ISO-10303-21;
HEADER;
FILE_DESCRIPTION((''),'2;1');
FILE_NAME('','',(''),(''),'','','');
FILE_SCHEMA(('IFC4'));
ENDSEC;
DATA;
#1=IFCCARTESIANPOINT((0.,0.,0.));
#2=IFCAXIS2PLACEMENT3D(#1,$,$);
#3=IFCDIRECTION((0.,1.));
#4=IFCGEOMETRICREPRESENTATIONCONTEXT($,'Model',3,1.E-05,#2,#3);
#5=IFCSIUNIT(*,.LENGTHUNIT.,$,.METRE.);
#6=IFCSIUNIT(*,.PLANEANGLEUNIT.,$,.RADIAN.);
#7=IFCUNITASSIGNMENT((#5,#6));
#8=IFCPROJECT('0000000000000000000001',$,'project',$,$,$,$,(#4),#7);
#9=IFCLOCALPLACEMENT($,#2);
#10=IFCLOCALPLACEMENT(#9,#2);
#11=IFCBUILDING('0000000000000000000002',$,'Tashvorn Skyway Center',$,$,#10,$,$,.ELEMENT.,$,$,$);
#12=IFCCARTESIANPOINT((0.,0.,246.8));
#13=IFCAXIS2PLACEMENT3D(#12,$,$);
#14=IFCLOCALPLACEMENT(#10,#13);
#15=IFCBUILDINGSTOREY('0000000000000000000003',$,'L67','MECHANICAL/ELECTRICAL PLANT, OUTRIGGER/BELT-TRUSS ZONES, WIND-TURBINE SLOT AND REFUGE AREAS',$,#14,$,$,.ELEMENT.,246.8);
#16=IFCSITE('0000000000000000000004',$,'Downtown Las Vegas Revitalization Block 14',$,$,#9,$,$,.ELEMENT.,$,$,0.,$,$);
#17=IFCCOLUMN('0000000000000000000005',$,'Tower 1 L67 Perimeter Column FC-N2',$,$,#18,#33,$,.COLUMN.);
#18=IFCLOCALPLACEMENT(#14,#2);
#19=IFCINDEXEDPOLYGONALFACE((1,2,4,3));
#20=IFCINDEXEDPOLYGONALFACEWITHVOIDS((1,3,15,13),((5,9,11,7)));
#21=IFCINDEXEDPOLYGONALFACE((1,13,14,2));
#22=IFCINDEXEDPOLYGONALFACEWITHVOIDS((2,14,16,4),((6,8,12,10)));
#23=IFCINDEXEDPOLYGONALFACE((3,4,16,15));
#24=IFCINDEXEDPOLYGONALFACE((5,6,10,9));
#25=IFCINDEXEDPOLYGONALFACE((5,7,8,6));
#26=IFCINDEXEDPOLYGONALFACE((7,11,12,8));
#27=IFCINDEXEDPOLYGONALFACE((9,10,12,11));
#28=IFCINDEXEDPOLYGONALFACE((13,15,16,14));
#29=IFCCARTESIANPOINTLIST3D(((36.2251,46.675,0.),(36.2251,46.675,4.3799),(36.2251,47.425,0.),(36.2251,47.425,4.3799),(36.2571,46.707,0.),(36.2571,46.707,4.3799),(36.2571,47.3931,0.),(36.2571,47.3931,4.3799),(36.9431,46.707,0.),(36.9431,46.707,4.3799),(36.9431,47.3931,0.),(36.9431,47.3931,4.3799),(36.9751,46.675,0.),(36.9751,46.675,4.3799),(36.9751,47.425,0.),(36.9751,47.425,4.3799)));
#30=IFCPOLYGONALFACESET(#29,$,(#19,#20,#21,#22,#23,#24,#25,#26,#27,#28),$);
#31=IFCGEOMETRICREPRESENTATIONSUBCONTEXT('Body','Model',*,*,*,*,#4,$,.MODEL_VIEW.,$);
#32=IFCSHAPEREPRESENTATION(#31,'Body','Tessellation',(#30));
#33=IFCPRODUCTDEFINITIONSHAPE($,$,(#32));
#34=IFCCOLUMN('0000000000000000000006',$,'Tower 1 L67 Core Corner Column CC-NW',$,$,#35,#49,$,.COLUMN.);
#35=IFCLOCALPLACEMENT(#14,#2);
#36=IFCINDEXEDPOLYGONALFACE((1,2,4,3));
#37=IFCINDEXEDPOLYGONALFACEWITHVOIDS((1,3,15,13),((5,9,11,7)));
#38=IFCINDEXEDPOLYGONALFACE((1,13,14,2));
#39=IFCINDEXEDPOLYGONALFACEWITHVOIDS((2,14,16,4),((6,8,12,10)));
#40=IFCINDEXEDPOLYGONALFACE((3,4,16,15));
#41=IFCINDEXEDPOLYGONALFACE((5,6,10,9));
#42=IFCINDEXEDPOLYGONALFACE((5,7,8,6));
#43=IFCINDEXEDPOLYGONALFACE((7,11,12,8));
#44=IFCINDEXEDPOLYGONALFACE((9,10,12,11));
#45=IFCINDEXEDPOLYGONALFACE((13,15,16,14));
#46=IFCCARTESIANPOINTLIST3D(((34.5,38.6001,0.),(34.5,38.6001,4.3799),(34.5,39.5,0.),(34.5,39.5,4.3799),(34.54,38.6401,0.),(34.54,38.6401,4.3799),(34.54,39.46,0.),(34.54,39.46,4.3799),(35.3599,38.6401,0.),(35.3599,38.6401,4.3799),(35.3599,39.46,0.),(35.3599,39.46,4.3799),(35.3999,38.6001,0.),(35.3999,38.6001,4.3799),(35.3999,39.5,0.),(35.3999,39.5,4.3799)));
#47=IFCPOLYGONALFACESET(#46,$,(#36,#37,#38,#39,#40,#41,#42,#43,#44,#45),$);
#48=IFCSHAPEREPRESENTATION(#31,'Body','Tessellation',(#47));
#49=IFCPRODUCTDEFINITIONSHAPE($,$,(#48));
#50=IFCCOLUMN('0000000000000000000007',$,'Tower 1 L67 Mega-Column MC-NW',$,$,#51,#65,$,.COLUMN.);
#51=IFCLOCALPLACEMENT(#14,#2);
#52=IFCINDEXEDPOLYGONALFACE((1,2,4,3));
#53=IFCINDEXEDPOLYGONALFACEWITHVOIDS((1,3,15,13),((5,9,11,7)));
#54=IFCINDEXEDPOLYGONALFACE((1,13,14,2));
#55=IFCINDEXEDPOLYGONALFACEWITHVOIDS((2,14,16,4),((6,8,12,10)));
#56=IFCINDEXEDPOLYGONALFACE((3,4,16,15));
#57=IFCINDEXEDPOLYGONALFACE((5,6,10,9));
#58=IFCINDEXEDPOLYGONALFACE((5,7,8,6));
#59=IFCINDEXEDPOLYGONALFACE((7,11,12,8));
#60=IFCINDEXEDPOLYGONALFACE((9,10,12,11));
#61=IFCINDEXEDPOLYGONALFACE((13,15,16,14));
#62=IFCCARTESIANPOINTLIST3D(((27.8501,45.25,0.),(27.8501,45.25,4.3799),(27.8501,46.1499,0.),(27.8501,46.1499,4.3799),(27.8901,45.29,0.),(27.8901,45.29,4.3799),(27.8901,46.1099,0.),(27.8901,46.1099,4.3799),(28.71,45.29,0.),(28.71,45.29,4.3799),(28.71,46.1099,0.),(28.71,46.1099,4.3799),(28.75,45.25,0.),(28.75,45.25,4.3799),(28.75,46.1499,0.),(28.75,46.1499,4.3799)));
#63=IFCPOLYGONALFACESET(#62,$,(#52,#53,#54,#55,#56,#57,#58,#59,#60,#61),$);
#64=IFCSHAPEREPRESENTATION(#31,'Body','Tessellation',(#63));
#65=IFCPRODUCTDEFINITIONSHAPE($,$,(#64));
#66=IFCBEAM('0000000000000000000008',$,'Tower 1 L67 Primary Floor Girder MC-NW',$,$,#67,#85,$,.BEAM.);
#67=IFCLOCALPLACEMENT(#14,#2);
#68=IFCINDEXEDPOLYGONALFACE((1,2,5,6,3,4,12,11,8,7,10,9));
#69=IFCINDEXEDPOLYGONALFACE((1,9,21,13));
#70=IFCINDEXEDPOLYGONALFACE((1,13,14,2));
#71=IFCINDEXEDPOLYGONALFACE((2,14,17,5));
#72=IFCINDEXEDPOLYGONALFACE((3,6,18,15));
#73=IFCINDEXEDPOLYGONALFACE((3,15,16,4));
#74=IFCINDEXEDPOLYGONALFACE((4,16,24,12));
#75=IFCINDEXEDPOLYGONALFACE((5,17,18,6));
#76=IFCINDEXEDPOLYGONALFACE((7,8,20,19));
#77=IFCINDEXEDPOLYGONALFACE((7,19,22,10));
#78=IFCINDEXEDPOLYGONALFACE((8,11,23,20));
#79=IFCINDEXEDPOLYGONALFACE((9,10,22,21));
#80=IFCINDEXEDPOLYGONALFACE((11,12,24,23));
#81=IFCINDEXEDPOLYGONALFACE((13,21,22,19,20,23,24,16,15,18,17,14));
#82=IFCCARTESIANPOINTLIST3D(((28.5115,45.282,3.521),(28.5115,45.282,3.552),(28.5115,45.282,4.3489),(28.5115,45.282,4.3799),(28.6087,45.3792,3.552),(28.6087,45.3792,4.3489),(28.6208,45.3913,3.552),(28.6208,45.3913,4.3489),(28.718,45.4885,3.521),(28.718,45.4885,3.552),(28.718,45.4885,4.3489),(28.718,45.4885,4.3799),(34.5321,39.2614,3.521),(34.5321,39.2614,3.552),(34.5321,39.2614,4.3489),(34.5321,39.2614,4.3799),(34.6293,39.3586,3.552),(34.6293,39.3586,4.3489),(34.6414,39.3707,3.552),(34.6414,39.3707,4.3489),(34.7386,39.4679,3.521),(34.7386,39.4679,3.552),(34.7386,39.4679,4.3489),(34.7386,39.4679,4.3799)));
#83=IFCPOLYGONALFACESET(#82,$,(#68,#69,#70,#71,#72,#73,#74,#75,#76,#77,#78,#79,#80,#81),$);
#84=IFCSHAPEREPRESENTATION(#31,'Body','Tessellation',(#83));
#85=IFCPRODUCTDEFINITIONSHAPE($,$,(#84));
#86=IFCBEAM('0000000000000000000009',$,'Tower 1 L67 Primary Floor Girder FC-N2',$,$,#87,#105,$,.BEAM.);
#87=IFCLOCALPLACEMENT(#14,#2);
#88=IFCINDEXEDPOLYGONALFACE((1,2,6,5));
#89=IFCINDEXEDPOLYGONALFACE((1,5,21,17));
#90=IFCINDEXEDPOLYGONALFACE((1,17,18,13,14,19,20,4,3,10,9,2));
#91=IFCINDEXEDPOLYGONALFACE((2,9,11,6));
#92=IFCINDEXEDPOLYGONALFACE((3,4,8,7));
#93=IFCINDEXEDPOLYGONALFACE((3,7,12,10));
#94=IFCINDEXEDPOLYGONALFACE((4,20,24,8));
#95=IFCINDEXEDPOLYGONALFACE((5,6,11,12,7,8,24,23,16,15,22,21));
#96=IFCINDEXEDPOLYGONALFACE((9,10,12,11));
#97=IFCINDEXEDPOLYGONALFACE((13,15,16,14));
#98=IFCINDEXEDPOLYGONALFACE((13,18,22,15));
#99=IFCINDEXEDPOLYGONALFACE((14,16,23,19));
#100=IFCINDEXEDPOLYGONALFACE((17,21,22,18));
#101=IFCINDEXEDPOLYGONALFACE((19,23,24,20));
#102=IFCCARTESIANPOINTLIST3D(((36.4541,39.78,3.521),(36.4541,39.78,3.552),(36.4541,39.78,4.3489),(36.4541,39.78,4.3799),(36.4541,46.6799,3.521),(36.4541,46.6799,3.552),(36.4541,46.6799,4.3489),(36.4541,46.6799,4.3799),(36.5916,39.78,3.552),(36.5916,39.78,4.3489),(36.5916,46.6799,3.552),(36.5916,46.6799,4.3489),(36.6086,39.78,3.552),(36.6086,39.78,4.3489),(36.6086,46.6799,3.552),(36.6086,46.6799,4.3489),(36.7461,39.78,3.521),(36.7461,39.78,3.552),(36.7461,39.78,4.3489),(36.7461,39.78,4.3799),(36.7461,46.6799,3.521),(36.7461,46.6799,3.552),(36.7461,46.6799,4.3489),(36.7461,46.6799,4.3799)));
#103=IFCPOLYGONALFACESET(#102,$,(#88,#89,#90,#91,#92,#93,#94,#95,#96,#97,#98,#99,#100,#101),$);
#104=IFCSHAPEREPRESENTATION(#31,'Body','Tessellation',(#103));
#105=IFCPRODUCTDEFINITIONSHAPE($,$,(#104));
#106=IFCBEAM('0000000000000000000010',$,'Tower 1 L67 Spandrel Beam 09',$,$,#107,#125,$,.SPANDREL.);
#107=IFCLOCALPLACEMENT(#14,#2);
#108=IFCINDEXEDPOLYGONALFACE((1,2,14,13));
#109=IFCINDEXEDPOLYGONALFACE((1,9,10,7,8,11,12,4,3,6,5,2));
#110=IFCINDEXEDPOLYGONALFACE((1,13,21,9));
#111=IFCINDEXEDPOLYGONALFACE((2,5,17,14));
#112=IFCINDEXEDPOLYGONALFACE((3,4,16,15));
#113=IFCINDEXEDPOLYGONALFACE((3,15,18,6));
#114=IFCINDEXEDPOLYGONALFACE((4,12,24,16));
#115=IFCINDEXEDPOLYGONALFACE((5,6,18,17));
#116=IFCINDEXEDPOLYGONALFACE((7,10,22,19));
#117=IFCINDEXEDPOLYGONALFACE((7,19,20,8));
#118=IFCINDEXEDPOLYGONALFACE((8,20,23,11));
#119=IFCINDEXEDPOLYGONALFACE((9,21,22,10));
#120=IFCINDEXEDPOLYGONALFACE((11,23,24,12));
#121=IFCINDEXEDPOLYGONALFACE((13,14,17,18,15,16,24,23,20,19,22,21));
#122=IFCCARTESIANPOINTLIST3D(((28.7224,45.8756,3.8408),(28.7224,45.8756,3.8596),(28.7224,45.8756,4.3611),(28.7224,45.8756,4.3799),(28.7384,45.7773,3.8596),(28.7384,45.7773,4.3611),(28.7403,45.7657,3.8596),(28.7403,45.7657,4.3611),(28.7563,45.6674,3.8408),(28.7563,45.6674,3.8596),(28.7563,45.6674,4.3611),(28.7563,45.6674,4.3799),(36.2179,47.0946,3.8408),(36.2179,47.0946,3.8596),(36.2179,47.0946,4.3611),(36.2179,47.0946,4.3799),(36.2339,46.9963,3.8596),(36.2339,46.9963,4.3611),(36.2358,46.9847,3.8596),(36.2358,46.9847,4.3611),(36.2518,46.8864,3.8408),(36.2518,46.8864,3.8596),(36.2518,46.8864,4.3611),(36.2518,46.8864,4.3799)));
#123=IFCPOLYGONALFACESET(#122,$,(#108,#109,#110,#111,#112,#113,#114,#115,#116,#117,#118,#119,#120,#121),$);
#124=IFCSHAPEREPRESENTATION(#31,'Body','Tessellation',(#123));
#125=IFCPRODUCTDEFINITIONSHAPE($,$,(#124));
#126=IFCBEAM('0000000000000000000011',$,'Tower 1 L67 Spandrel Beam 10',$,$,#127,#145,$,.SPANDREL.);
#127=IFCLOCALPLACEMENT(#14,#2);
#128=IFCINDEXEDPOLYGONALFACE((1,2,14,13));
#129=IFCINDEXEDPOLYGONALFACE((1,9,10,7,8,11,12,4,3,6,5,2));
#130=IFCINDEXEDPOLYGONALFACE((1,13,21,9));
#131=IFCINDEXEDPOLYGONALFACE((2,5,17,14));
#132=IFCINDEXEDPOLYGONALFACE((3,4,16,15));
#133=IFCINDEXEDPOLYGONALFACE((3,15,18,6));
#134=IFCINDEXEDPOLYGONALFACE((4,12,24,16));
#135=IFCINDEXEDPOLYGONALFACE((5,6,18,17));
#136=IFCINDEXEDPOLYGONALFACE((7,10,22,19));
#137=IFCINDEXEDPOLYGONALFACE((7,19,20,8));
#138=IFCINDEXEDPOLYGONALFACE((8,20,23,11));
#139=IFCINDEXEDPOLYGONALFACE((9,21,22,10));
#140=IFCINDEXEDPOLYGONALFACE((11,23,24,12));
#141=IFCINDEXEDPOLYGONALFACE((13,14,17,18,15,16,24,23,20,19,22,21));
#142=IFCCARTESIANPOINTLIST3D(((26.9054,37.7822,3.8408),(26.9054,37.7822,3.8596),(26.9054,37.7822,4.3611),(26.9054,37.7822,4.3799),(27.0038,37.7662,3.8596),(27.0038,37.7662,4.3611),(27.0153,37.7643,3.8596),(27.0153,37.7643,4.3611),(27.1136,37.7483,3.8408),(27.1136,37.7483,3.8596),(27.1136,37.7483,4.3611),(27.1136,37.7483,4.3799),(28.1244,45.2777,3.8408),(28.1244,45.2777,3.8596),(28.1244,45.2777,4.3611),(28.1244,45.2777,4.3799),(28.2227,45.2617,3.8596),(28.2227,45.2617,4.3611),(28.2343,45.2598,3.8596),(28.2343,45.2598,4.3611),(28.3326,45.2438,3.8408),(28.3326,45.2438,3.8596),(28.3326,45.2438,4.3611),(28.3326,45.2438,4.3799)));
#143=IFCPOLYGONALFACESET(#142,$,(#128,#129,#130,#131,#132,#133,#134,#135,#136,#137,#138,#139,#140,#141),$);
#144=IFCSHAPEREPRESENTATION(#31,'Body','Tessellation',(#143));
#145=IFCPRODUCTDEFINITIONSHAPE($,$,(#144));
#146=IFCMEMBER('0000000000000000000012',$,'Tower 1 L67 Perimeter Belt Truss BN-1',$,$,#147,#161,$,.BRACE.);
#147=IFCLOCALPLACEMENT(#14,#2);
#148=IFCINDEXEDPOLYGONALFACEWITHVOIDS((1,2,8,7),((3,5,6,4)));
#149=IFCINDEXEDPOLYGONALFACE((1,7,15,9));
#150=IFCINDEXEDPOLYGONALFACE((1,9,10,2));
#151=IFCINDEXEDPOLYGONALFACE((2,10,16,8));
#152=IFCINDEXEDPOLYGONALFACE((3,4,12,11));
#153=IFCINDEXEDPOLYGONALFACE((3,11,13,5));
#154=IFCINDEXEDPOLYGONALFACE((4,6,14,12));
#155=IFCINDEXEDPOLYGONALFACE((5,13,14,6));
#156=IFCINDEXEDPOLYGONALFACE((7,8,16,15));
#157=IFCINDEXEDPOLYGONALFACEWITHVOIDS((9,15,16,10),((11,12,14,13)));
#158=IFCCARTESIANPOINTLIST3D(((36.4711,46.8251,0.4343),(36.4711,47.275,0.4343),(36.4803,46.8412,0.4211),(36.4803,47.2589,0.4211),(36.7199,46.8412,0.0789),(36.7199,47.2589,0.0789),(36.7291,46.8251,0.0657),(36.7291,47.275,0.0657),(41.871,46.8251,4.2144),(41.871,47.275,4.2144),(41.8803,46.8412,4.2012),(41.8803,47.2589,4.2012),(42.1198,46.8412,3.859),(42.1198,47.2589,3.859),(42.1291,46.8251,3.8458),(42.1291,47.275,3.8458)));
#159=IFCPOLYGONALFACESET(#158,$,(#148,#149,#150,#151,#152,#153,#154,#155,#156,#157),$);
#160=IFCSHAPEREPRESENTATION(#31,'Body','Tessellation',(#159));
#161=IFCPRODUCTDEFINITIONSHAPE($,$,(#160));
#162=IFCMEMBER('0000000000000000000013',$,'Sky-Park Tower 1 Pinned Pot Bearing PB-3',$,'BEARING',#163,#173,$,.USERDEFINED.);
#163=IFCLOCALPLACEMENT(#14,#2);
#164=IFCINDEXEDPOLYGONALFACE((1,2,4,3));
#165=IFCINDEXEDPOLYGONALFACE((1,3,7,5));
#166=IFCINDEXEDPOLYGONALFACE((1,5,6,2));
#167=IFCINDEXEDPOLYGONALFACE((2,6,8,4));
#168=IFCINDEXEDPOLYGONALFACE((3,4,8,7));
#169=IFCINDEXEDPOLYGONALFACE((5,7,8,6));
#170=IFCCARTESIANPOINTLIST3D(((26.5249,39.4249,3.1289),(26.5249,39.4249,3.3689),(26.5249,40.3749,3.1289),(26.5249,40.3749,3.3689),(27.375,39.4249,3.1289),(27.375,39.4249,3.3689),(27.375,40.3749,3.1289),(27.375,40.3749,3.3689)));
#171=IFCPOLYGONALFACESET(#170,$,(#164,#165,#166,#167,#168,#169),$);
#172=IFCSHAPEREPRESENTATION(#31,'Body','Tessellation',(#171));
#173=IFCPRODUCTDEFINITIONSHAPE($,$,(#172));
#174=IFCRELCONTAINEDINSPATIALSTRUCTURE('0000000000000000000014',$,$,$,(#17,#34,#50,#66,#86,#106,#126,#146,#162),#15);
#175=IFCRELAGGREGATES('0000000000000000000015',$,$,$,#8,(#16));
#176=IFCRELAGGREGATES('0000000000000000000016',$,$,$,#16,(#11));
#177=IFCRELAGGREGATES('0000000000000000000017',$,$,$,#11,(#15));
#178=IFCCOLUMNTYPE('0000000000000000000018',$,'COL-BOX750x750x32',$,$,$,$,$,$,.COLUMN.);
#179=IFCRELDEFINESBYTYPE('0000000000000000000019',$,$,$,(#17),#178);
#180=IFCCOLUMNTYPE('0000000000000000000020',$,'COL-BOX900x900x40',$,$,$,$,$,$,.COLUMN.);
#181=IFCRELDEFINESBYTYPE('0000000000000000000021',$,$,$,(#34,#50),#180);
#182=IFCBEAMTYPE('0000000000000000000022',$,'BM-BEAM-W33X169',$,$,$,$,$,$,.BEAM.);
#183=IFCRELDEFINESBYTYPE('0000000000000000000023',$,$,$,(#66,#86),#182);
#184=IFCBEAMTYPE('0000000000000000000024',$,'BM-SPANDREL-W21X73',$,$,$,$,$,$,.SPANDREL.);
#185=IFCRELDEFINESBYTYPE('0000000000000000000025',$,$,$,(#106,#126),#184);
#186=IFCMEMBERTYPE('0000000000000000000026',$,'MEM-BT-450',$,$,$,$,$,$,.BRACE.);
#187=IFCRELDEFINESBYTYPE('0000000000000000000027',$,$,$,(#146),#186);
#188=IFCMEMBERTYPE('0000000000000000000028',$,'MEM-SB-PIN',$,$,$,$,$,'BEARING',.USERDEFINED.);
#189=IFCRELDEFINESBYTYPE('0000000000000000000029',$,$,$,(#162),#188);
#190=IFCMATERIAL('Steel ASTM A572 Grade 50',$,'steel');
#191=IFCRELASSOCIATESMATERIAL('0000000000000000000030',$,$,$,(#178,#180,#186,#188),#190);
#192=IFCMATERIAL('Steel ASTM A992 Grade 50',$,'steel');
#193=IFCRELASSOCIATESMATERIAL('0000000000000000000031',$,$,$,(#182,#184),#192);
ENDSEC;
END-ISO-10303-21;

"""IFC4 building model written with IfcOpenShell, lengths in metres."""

from ifc_helpers import new_model, si_unit, direction, frame, origin, origin_2d, place, context, subcontext, project, spatial, rectangle, hollow_rectangle, i_section, extrude, material, material_profile, profile_set, type_object, element, save


model = new_model("IFC4")

# Units and contexts
model_context = context("Model", 3, precision=1e-05, world=origin(), true_north=direction((0.0, 1.0)))
body_context = subcontext(model_context, "Body", "Model", "MODEL_VIEW")
ifc_project = project(units=[si_unit("LENGTHUNIT", "METRE"), si_unit("PLANEANGLEUNIT", "RADIAN")], contexts=[model_context])

# Site, building, storey
site_placement = place(None, origin())
site = spatial("IfcSite", under=ifc_project, at=site_placement, Name="Downtown Las Vegas Revitalization Block 14", CompositionType="ELEMENT", RefElevation=0.0)
building_placement = place(site_placement, origin())
building = spatial("IfcBuilding", under=site, at=building_placement, Name="Tashvorn Skyway Center", CompositionType="ELEMENT")
storey_placement = place(building_placement, frame((0.0, 0.0, 246.8)))
storey = spatial("IfcBuildingStorey", under=building, at=storey_placement, Name="L67", Description="MECHANICAL/ELECTRICAL PLANT, OUTRIGGER/BELT-TRUSS ZONES, WIND-TURBINE SLOT AND REFUGE AREAS", CompositionType="ELEMENT", Elevation=246.8)

# Columns
ifc_material_1 = material(Name="Steel ASTM A572 Grade 50", Category="steel")
ifc_material_profile_1 = material_profile(ifc_material_1, hollow_rectangle(XDim=0.75, YDim=0.75, WallThickness=0.032, at=origin_2d()), Name="BOX750x750x32")
ifc_profile_set_1 = profile_set([ifc_material_profile_1], Name="Steel ASTM A572 Grade 50")
column_type_1 = type_object("IfcColumnType", Name="COL-BOX750x750x32", PredefinedType="COLUMN", material=ifc_profile_set_1)
column_placement = place(storey_placement, frame((36.6001, 47.05, 0.0), z_axis=(0.0, 0.0, 1.0), x_axis=(1.0, 0.0, 0.0)))
element("IfcColumn", 1, at=column_placement, inside=storey, type_object=column_type_1, Name="Tower 1 L67 Perimeter Column FC-N2", PredefinedType="COLUMN", context=body_context, shape_type="SweptSolid", body=[
    extrude(hollow_rectangle(XDim=0.75, YDim=0.75, WallThickness=0.032, at=origin_2d()), origin(), (0.0, 0.0, 1.0), 4.3799),
])
ifc_material_profile_2 = material_profile(ifc_material_1, hollow_rectangle(XDim=0.8999, YDim=0.8999, WallThickness=0.04, at=origin_2d()), Name="BOX900x900x40")
ifc_profile_set_2 = profile_set([ifc_material_profile_2], Name="Steel ASTM A572 Grade 50")
column_type_2 = type_object("IfcColumnType", Name="COL-BOX900x900x40", PredefinedType="COLUMN", material=ifc_profile_set_2)
for number, where, z_axis, x_axis, name in (
    (2, (34.95, 39.05, 0.0), (0.0, 0.0, 1.0), (1.0, 0.0, 0.0), "Tower 1 L67 Core Corner Column CC-NW"),
    (3, (28.3, 45.7, 0.0), (0.0, 0.0, 1.0), (1.0, 0.0, 0.0), "Tower 1 L67 Mega-Column MC-NW"),
):
    element("IfcColumn", number, at=place(storey_placement, frame(where, z_axis=z_axis, x_axis=x_axis)), inside=storey, type_object=column_type_2, Name=name, PredefinedType="COLUMN", context=body_context, shape_type="SweptSolid", body=[
        extrude(hollow_rectangle(XDim=0.8999, YDim=0.8999, WallThickness=0.04, at=origin_2d()), origin(), (0.0, 0.0, 1.0), 4.3799),
    ])

# Beams
ifc_material_2 = material(Name="Steel ASTM A992 Grade 50", Category="steel")
ifc_material_profile_3 = material_profile(ifc_material_2, i_section(OverallWidth=0.292, OverallDepth=0.8589, WebThickness=0.0171, FlangeThickness=0.031, at=origin_2d()), Name="W33X169")
ifc_profile_set_3 = profile_set([ifc_material_profile_3], Name="Steel ASTM A992 Grade 50")
beam_type_1 = type_object("IfcBeamType", Name="BM-BEAM-W33X169", PredefinedType="BEAM", material=ifc_profile_set_3)
beam_1_placement = place(storey_placement, frame((28.6147, 45.3853, 3.9504), z_axis=(0.707107, -0.707107, 0.0), x_axis=(0.707107, 0.707107, 0.0)))
element("IfcBeam", 4, at=beam_1_placement, inside=storey, type_object=beam_type_1, Name="Tower 1 L67 Primary Floor Girder MC-NW", PredefinedType="BEAM", context=body_context, shape_type="SweptSolid", body=[
    extrude(i_section(OverallWidth=0.292, OverallDepth=0.8589, WebThickness=0.0171, FlangeThickness=0.031, at=origin_2d()), origin(), (0.0, 0.0, 1.0), 8.5144),
])
beam_2_placement = place(storey_placement, frame((36.6001, 46.6799, 3.9504), z_axis=(0.0, -1.0, 0.0), x_axis=(1.0, 0.0, 0.0)))
element("IfcBeam", 5, at=beam_2_placement, inside=storey, type_object=beam_type_1, Name="Tower 1 L67 Primary Floor Girder FC-N2", PredefinedType="BEAM", context=body_context, shape_type="SweptSolid", body=[
    extrude(i_section(OverallWidth=0.292, OverallDepth=0.8589, WebThickness=0.0171, FlangeThickness=0.031, at=origin_2d()), origin(), (0.0, 0.0, 1.0), 6.8999),
])
ifc_material_profile_4 = material_profile(ifc_material_2, i_section(OverallWidth=0.2109, OverallDepth=0.5391, WebThickness=0.0117, FlangeThickness=0.0188, at=origin_2d()), Name="W21X73")
ifc_profile_set_4 = profile_set([ifc_material_profile_4], Name="Steel ASTM A992 Grade 50")
beam_type_2 = type_object("IfcBeamType", Name="BM-SPANDREL-W21X73", PredefinedType="SPANDREL", material=ifc_profile_set_4)
for number, where, z_axis, x_axis, name in (
    (6, (36.2349, 46.9905, 4.1104), (-0.987033, -0.160519, 0.0), (0.160519, -0.987033, 0.0), "Tower 1 L67 Spandrel Beam 09"),
    (7, (28.2285, 45.2607, 4.1104), (-0.160519, -0.987033, 0.0), (0.987033, -0.160519, 0.0), "Tower 1 L67 Spandrel Beam 10"),
):
    element("IfcBeam", number, at=place(storey_placement, frame(where, z_axis=z_axis, x_axis=x_axis)), inside=storey, type_object=beam_type_2, Name=name, PredefinedType="SPANDREL", context=body_context, shape_type="SweptSolid", body=[
        extrude(i_section(OverallWidth=0.2109, OverallDepth=0.5391, WebThickness=0.0117, FlangeThickness=0.0188, at=origin_2d()), origin(), (0.0, 0.0, 1.0), 7.594),
    ])

# Members
ifc_material_profile_5 = material_profile(ifc_material_1, hollow_rectangle(XDim=0.45, YDim=0.45, WallThickness=0.0161, at=origin_2d()), Name="HSS450x450x16")
ifc_profile_set_5 = profile_set([ifc_material_profile_5], Name="Steel ASTM A572 Grade 50")
member_type_1 = type_object("IfcMemberType", Name="MEM-BT-450", PredefinedType="BRACE", material=ifc_profile_set_5)
member_1_placement = place(storey_placement, frame((36.6001, 47.05, 0.25), z_axis=(0.819225, 0.0, 0.573472), x_axis=(0.0, 1.0, 0.0)))
element("IfcMember", 8, at=member_1_placement, inside=storey, type_object=member_type_1, Name="Tower 1 L67 Perimeter Belt Truss BN-1", PredefinedType="BRACE", context=body_context, shape_type="SweptSolid", body=[
    extrude(hollow_rectangle(XDim=0.45, YDim=0.45, WallThickness=0.0161, at=origin_2d()), origin(), (0.0, 0.0, 1.0), 6.5916),
])
ifc_material_profile_6 = material_profile(ifc_material_1, rectangle(XDim=0.8501, YDim=0.95, at=origin_2d()), Name="PTFE-BRG-850x850")
ifc_profile_set_6 = profile_set([ifc_material_profile_6], Name="Steel ASTM A572 Grade 50")
member_type_2 = type_object("IfcMemberType", Name="MEM-SB-PIN", ElementType="BEARING", PredefinedType="USERDEFINED", material=ifc_profile_set_6)
member_2_placement = place(storey_placement, frame((26.95, 39.8999, 3.1289), z_axis=(0.0, 0.0, 1.0), x_axis=(1.0, 0.0, 0.0)))
element("IfcMember", 9, at=member_2_placement, inside=storey, type_object=member_type_2, Name="Sky-Park Tower 1 Pinned Pot Bearing PB-3", ObjectType="BEARING", PredefinedType="USERDEFINED", context=body_context, shape_type="SweptSolid", body=[
    extrude(rectangle(XDim=0.8501, YDim=0.95, at=origin_2d()), origin(), (0.0, 0.0, 1.0), 0.24),
])

save(model, "model.ifc")
